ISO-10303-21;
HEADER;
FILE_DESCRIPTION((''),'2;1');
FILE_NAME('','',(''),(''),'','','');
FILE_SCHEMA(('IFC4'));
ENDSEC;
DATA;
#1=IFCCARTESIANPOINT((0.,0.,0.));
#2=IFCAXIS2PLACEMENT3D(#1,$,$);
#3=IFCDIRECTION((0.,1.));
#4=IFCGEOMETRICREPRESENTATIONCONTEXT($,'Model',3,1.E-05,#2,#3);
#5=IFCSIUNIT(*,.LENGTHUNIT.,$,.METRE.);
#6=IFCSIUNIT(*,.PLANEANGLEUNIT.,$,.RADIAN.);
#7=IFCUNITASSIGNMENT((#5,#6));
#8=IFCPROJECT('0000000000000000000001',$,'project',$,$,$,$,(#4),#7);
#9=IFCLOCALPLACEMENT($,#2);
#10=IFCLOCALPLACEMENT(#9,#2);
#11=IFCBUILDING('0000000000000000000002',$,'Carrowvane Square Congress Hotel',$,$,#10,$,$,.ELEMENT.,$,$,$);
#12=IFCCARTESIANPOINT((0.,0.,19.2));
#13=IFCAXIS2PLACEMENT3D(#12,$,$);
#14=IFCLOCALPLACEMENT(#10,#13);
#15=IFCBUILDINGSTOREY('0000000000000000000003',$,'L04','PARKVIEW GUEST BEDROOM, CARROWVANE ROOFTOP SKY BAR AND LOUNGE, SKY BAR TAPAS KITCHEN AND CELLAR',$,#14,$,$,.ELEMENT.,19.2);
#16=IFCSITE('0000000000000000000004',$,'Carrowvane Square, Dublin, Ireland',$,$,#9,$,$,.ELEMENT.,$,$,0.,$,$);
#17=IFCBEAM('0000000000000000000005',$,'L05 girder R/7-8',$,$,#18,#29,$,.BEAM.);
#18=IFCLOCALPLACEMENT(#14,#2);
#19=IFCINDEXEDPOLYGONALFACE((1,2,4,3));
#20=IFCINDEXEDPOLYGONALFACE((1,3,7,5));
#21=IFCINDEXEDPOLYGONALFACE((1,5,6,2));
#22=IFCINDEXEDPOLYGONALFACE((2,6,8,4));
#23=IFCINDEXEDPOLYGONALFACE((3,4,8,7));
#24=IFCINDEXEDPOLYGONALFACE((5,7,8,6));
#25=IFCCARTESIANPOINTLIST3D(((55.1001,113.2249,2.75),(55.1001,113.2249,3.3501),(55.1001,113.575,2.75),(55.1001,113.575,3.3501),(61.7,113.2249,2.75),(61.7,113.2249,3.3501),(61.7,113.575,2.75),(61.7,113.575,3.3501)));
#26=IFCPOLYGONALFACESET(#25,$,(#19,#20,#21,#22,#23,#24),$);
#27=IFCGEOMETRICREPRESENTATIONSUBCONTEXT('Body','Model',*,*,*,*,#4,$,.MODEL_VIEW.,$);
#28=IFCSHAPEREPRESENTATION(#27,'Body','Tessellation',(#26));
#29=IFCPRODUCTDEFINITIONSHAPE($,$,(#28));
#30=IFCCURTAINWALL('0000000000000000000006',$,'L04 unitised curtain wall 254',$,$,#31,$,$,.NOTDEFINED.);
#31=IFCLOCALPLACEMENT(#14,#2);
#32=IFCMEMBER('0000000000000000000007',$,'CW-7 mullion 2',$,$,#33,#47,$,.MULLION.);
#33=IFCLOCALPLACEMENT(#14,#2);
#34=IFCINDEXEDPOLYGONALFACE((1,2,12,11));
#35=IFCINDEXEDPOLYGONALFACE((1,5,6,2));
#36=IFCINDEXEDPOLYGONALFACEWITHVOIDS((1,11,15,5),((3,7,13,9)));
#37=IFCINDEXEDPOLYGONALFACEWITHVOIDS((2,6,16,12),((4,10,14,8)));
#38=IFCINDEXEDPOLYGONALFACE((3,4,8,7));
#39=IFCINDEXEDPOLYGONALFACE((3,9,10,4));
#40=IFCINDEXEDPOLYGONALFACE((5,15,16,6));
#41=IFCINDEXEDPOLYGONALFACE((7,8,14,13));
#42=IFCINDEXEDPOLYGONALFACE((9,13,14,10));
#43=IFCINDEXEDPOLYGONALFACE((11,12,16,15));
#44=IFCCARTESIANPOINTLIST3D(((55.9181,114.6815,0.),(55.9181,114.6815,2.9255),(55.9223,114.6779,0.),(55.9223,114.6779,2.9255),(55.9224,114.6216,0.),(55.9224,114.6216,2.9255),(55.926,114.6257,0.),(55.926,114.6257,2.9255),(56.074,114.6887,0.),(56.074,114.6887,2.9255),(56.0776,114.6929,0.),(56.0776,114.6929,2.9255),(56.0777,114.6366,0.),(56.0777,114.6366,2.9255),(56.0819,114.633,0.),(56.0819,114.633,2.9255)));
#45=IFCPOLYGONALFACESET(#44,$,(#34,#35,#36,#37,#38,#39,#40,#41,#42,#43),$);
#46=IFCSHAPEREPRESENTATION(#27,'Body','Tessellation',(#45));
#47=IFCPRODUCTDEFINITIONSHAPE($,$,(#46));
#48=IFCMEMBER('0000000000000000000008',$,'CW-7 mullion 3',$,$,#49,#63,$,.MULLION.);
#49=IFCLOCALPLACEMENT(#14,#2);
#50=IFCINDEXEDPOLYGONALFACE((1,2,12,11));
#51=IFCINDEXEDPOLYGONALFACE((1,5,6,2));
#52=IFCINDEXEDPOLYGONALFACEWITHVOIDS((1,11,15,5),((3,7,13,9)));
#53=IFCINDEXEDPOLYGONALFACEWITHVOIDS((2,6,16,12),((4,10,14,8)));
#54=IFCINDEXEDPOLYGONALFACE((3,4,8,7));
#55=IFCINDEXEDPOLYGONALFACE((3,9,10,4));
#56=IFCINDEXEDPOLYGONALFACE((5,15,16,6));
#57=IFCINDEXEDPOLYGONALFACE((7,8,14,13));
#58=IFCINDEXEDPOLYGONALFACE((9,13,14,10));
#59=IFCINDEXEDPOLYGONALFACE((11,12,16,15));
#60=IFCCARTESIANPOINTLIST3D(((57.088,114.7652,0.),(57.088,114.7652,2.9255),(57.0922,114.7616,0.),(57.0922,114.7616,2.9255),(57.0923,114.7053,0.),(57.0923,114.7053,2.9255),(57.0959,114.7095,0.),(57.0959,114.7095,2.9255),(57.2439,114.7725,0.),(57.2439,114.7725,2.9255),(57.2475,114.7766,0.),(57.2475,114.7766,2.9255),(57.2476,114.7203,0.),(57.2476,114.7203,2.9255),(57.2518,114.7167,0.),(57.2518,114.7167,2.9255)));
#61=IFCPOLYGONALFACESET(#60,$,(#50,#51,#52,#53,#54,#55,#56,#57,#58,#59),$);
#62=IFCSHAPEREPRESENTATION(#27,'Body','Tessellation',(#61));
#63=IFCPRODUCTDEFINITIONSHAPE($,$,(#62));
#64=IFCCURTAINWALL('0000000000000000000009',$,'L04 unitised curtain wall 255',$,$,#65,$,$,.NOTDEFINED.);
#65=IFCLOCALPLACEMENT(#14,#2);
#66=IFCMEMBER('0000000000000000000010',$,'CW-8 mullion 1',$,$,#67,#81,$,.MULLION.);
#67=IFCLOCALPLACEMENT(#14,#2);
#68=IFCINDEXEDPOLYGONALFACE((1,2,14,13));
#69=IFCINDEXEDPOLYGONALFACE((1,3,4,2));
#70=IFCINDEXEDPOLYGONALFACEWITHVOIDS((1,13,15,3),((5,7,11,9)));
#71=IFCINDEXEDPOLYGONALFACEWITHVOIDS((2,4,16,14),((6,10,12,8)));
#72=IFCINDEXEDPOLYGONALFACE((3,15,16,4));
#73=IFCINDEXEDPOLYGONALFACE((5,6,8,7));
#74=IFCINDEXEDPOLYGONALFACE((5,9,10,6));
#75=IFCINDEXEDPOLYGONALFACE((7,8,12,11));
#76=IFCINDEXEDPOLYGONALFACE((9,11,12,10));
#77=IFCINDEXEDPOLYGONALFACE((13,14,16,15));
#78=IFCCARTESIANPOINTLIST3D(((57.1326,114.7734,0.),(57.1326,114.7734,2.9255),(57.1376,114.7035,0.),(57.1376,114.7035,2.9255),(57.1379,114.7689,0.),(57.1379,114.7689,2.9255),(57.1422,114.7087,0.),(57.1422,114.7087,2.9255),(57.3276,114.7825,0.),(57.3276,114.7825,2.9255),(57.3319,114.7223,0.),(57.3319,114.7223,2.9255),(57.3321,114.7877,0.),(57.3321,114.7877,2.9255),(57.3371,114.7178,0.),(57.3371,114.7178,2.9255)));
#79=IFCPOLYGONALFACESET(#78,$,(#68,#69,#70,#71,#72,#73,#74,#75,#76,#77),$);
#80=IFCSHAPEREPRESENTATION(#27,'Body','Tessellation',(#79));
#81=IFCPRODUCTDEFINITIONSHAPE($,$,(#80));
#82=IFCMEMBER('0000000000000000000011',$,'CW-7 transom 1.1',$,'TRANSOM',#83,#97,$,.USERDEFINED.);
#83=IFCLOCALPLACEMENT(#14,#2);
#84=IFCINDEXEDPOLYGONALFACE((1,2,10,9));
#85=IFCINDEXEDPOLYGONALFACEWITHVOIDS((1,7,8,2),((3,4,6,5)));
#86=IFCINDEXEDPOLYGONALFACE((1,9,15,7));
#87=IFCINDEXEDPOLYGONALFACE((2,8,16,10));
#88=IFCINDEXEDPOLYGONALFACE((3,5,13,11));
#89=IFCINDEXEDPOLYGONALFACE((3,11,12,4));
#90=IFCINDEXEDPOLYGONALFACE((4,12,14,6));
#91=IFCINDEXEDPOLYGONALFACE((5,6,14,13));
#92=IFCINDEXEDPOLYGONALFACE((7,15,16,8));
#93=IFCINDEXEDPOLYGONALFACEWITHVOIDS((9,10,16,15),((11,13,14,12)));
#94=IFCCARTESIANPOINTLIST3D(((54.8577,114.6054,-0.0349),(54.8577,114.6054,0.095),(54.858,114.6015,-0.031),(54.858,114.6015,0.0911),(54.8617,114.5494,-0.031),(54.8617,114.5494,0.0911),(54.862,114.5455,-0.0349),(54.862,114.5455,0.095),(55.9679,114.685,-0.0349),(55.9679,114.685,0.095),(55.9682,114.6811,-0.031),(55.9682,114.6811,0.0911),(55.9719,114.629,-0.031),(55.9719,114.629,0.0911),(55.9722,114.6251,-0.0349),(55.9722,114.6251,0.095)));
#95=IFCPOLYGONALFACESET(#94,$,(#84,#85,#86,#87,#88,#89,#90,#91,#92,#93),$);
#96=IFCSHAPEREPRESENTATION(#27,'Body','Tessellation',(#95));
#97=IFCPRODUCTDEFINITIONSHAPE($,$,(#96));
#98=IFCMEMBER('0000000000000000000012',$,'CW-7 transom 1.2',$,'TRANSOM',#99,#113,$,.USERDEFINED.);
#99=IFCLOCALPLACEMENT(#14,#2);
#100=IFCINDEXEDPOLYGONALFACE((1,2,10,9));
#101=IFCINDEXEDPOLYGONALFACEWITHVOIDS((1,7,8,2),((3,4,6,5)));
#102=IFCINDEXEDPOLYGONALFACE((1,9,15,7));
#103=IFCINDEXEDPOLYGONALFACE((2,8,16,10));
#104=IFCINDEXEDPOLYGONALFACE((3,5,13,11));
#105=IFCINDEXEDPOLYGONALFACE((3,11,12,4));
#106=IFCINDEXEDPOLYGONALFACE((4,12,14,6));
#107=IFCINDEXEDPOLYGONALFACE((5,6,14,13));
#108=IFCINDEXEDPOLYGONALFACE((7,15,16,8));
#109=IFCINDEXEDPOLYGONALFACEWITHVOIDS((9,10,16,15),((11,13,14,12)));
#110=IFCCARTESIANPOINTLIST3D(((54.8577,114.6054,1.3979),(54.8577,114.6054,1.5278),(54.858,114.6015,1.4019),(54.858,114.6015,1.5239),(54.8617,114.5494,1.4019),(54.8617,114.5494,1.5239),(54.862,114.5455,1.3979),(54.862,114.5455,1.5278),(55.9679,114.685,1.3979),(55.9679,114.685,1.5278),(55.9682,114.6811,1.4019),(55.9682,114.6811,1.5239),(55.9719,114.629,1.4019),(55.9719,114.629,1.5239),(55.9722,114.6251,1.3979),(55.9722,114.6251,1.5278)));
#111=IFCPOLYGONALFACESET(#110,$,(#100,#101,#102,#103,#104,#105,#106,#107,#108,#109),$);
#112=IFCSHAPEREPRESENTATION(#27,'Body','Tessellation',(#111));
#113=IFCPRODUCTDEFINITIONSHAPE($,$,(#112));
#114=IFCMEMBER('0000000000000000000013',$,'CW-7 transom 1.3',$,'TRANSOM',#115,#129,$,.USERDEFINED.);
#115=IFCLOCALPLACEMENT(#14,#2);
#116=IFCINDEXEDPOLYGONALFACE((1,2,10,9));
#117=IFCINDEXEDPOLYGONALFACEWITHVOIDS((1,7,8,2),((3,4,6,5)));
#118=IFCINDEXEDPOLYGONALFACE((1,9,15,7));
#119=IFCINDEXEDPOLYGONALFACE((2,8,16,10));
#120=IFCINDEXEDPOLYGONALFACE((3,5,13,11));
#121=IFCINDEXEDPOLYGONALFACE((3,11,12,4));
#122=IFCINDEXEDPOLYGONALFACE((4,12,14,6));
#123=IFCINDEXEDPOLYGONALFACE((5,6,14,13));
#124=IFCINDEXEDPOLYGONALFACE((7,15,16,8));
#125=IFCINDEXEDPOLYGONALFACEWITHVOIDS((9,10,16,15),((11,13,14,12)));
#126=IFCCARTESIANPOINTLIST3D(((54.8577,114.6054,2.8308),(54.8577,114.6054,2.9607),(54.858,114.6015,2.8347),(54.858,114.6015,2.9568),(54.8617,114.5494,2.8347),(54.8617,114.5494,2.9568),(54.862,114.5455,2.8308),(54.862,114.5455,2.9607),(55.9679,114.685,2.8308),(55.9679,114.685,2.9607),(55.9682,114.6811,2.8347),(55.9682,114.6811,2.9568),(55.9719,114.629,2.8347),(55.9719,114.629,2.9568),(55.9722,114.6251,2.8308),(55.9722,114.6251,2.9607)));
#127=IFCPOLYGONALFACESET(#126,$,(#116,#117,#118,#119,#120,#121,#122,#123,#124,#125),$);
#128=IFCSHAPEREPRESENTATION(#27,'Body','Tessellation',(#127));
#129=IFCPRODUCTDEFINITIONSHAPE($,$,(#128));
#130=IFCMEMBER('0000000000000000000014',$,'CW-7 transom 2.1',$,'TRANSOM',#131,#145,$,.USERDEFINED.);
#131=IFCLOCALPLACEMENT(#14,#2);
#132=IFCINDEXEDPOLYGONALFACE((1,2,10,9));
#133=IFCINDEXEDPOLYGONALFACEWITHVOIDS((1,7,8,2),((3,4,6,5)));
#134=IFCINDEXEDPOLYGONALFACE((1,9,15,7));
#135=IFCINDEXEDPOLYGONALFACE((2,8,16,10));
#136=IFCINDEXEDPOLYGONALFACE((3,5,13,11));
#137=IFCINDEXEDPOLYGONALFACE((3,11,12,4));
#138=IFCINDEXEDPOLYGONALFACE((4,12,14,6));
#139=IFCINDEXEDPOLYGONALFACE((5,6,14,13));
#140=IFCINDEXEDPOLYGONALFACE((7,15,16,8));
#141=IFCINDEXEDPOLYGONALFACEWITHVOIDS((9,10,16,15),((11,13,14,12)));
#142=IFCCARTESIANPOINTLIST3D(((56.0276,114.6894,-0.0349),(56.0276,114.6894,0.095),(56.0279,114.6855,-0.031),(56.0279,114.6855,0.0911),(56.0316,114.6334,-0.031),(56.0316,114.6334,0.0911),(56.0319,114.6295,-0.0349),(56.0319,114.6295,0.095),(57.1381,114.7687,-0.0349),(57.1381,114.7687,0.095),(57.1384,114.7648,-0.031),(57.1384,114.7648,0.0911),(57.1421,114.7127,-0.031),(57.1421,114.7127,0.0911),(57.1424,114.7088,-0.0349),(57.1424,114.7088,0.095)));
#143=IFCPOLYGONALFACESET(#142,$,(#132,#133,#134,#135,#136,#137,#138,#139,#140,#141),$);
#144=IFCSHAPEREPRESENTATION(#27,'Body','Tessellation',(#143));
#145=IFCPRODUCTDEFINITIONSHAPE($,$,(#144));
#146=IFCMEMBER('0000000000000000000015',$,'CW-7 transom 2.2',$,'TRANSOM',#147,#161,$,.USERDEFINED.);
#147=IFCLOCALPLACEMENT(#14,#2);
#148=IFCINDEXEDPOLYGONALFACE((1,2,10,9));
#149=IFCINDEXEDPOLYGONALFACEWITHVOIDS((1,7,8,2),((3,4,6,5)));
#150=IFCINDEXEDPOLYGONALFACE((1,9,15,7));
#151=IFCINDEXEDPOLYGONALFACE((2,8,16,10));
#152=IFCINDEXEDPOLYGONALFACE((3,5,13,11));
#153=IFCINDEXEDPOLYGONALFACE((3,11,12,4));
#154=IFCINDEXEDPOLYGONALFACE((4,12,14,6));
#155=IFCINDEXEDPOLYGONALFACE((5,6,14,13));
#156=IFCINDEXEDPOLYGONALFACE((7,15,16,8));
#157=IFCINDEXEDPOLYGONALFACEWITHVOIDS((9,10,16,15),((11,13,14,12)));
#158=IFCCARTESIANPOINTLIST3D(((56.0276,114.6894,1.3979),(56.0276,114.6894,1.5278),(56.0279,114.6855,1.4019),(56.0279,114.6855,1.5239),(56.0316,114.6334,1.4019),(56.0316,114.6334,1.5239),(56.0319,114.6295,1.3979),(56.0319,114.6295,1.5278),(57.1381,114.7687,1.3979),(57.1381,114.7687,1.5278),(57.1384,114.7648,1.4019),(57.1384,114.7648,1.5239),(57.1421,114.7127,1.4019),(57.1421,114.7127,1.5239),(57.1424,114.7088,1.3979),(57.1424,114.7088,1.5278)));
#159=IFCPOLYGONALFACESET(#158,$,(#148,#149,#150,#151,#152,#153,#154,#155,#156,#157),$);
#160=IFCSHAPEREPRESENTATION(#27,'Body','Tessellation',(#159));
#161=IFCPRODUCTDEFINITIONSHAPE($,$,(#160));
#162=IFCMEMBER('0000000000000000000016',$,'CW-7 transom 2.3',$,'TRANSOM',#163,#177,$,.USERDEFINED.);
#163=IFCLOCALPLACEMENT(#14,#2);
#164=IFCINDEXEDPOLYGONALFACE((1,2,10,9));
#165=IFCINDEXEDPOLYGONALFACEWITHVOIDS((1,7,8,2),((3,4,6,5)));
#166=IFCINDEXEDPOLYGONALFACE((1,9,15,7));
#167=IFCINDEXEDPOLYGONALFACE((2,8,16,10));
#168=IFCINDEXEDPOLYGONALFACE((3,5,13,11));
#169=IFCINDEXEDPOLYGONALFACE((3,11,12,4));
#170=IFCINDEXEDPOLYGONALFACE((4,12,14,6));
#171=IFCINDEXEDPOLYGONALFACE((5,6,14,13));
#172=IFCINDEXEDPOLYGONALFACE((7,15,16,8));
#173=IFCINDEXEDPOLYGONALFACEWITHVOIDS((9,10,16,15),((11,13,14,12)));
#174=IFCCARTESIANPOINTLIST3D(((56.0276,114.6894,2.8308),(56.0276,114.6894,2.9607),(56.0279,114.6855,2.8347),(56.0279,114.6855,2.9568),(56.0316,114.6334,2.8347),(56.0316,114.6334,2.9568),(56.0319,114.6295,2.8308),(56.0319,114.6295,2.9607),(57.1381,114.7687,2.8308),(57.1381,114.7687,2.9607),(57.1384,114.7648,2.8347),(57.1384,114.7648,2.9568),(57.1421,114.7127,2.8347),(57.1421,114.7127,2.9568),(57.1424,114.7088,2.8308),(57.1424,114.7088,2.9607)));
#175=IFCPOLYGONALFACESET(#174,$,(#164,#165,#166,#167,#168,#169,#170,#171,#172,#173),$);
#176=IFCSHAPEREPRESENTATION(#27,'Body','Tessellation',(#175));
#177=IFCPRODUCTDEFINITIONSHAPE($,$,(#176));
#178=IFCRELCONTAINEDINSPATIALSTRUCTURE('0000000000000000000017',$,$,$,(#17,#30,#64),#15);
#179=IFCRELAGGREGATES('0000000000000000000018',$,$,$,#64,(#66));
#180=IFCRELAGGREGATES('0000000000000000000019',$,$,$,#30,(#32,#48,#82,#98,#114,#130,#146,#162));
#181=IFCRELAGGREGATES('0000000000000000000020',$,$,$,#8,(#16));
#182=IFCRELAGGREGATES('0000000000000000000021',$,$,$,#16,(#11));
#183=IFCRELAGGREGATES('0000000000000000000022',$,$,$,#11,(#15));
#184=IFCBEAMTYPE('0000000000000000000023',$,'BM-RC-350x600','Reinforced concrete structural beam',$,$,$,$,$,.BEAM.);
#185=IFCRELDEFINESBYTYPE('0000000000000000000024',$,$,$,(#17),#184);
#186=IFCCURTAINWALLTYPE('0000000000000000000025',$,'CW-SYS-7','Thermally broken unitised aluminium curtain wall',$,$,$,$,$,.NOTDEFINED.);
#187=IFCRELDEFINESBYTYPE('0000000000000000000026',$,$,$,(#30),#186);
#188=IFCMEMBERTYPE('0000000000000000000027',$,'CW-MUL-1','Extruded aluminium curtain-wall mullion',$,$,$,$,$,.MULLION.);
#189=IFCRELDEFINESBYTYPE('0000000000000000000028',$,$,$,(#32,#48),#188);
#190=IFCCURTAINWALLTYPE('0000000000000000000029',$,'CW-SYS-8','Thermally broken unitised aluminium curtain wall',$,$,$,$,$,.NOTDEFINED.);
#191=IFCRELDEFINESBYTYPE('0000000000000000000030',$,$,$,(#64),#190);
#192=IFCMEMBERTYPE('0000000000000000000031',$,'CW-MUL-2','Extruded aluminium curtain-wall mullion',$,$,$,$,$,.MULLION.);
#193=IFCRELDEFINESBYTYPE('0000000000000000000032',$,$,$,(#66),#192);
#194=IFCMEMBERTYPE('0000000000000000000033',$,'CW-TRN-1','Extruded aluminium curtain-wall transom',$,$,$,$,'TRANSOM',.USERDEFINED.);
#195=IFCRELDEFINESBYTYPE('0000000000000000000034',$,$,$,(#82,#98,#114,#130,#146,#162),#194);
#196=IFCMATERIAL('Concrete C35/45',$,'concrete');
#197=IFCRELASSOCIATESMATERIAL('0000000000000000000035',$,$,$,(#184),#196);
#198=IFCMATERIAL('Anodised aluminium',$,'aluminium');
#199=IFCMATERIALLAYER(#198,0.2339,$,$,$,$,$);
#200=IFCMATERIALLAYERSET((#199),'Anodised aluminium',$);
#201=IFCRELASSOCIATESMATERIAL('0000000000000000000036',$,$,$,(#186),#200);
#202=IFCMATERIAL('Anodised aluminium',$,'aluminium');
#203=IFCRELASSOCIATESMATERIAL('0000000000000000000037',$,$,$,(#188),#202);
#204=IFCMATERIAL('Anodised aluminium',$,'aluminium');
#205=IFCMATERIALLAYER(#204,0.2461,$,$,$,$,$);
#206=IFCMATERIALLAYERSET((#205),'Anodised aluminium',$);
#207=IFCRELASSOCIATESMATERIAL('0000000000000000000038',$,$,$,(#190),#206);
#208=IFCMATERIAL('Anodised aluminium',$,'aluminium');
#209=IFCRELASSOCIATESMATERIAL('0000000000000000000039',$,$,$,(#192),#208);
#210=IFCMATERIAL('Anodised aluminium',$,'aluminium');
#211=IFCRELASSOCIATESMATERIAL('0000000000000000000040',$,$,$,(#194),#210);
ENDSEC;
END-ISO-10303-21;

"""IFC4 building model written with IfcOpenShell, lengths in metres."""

from ifc_helpers import new_model, si_unit, direction, frame, origin, origin_2d, place, context, subcontext, project, spatial, rectangle, hollow_rectangle, extrude, material, layer, layer_set, material_profile, profile_set, type_object, element, aggregate, save


model = new_model("IFC4")

# Units and contexts
model_context = context("Model", 3, precision=1e-05, world=origin(), true_north=direction((0.0, 1.0)))
body_context = subcontext(model_context, "Body", "Model", "MODEL_VIEW")
ifc_project = project(units=[si_unit("LENGTHUNIT", "METRE"), si_unit("PLANEANGLEUNIT", "RADIAN")], contexts=[model_context])

# Site, building, storey
site_placement = place(None, origin())
site = spatial("IfcSite", under=ifc_project, at=site_placement, Name="Carrowvane Square, Dublin, Ireland", CompositionType="ELEMENT", RefElevation=0.0)
building_placement = place(site_placement, origin())
building = spatial("IfcBuilding", under=site, at=building_placement, Name="Carrowvane Square Congress Hotel", CompositionType="ELEMENT")
storey_placement = place(building_placement, frame((0.0, 0.0, 19.2)))
storey = spatial("IfcBuildingStorey", under=building, at=storey_placement, Name="L04", Description="PARKVIEW GUEST BEDROOM, CARROWVANE ROOFTOP SKY BAR AND LOUNGE, SKY BAR TAPAS KITCHEN AND CELLAR", CompositionType="ELEMENT", Elevation=19.2)

# Beam
ifc_material_1 = material(Name="Concrete C35/45", Category="concrete")
ifc_material_profile_1 = material_profile(ifc_material_1, rectangle(XDim=0.3501, YDim=0.6001, at=origin_2d()), Name="RC 350x600")
ifc_profile_set_1 = profile_set([ifc_material_profile_1], Name="Concrete C35/45")
beam_type = type_object("IfcBeamType", Name="BM-RC-350x600", Description="Reinforced concrete structural beam", PredefinedType="BEAM", material=ifc_profile_set_1)
beam_placement = place(storey_placement, frame((55.1001, 113.3999, 3.05), z_axis=(1.0, 0.0, 0.0), x_axis=(0.0, 1.0, 0.0)))
element("IfcBeam", 1, at=beam_placement, inside=storey, type_object=beam_type, Name="L05 girder R/7-8", PredefinedType="BEAM", context=body_context, shape_type="SweptSolid", body=[
    extrude(rectangle(XDim=0.3501, YDim=0.6001, at=origin_2d()), origin(), (0.0, 0.0, 1.0), 6.5999),
])

# Curtain wall, members
ifc_material_2 = material(Name="Anodised aluminium", Category="aluminium")
ifc_layer_1 = layer(ifc_material_2, 0.2339)
ifc_layer_set_1 = layer_set([ifc_layer_1], Name="Anodised aluminium")
curtain_wall_type_1 = type_object("IfcCurtainWallType", Name="CW-SYS-7", Description="Thermally broken unitised aluminium curtain wall", PredefinedType="NOTDEFINED", material=ifc_layer_set_1)
curtain_wall_1_placement = place(storey_placement, origin())
curtain_wall_1 = element("IfcCurtainWall", 2, at=curtain_wall_1_placement, inside=storey, type_object=curtain_wall_type_1, Name="L04 unitised curtain wall 254", PredefinedType="NOTDEFINED")
ifc_material_3 = material(Name="Anodised aluminium", Category="aluminium")
ifc_material_profile_2 = material_profile(ifc_material_3, hollow_rectangle(XDim=0.0601, YDim=0.1599, WallThickness=0.0039, at=origin_2d()), Name="CW-ML 60x160x4")
ifc_profile_set_2 = profile_set([ifc_material_profile_2], Name="Anodised aluminium")
member_type_1 = type_object("IfcMemberType", Name="CW-MUL-1", Description="Extruded aluminium curtain-wall mullion", PredefinedType="MULLION", material=ifc_profile_set_2)
member_1_placement = place(storey_placement, frame((56.0, 114.6572, 0.0), z_axis=(0.0, 0.0, 1.0), x_axis=(-0.071418, 0.997446, 0.0)))
member_1 = element("IfcMember", 3, at=member_1_placement, type_object=member_type_1, Name="CW-7 mullion 2", PredefinedType="MULLION", context=body_context, shape_type="SweptSolid", body=[
    extrude(hollow_rectangle(XDim=0.0601, YDim=0.1599, WallThickness=0.0039, at=origin_2d()), origin(), (0.0, 0.0, 1.0), 2.9255),
])
member_2_placement = place(storey_placement, frame((57.1699, 114.741, 0.0), z_axis=(0.0, 0.0, 1.0), x_axis=(-0.071418, 0.997446, 0.0)))
member_2 = element("IfcMember", 4, at=member_2_placement, type_object=member_type_1, Name="CW-7 mullion 3", PredefinedType="MULLION", context=body_context, shape_type="SweptSolid", body=[
    extrude(hollow_rectangle(XDim=0.0601, YDim=0.1599, WallThickness=0.0039, at=origin_2d()), origin(), (0.0, 0.0, 1.0), 2.9255),
])

# Curtain wall, member
ifc_material_4 = material(Name="Anodised aluminium", Category="aluminium")
ifc_layer_2 = layer(ifc_material_4, 0.2461)
ifc_layer_set_2 = layer_set([ifc_layer_2], Name="Anodised aluminium")
curtain_wall_type_2 = type_object("IfcCurtainWallType", Name="CW-SYS-8", Description="Thermally broken unitised aluminium curtain wall", PredefinedType="NOTDEFINED", material=ifc_layer_set_2)
curtain_wall_2_placement = place(storey_placement, origin())
curtain_wall_2 = element("IfcCurtainWall", 5, at=curtain_wall_2_placement, inside=storey, type_object=curtain_wall_type_2, Name="L04 unitised curtain wall 255", PredefinedType="NOTDEFINED")
ifc_material_5 = material(Name="Anodised aluminium", Category="aluminium")
ifc_material_profile_3 = material_profile(ifc_material_5, hollow_rectangle(XDim=0.0701, YDim=0.2, WallThickness=0.0049, at=origin_2d()), Name="CW-ML 70x200x5")
ifc_profile_set_3 = profile_set([ifc_material_profile_3], Name="Anodised aluminium")
member_type_2 = type_object("IfcMemberType", Name="CW-MUL-2", Description="Extruded aluminium curtain-wall mullion", PredefinedType="MULLION", material=ifc_profile_set_3)
member_3_placement = place(storey_placement, frame((57.2349, 114.7456, 0.0), z_axis=(0.0, 0.0, 1.0), x_axis=(-0.071532, 0.997438, 0.0)))
member_3 = element("IfcMember", 6, at=member_3_placement, type_object=member_type_2, Name="CW-8 mullion 1", PredefinedType="MULLION", context=body_context, shape_type="SweptSolid", body=[
    extrude(hollow_rectangle(XDim=0.0701, YDim=0.2, WallThickness=0.0049, at=origin_2d()), origin(), (0.0, 0.0, 1.0), 2.9255),
])

# Members
ifc_material_6 = material(Name="Anodised aluminium", Category="aluminium")
ifc_material_profile_4 = material_profile(ifc_material_6, hollow_rectangle(XDim=0.0601, YDim=0.1299, WallThickness=0.0039, at=origin_2d()), Name="CW-TR 60x130x4")
ifc_profile_set_4 = profile_set([ifc_material_profile_4], Name="Anodised aluminium")
member_type_3 = type_object("IfcMemberType", Name="CW-TRN-1", Description="Extruded aluminium curtain-wall transom", ElementType="TRANSOM", PredefinedType="USERDEFINED", material=ifc_profile_set_4)
member_4_placement = place(storey_placement, frame((54.8599, 114.5754, 0.03), z_axis=(0.99744, 0.071512, 0.0), x_axis=(-0.071512, 0.99744, 0.0)))
member_4 = element("IfcMember", 7, at=member_4_placement, type_object=member_type_3, Name="CW-7 transom 1.1", ObjectType="TRANSOM", PredefinedType="USERDEFINED", context=body_context, shape_type="SweptSolid", body=[
    extrude(hollow_rectangle(XDim=0.0601, YDim=0.1299, WallThickness=0.0039, at=origin_2d()), origin(), (0.0, 0.0, 1.0), 1.113),
])
member_5_placement = place(storey_placement, frame((54.8599, 114.5754, 1.4629), z_axis=(0.99744, 0.071512, 0.0), x_axis=(-0.071512, 0.99744, 0.0)))
member_5 = element("IfcMember", 8, at=member_5_placement, type_object=member_type_3, Name="CW-7 transom 1.2", ObjectType="TRANSOM", PredefinedType="USERDEFINED", context=body_context, shape_type="SweptSolid", body=[
    extrude(hollow_rectangle(XDim=0.0601, YDim=0.1299, WallThickness=0.0039, at=origin_2d()), origin(), (0.0, 0.0, 1.0), 1.113),
])
member_6_placement = place(storey_placement, frame((54.8599, 114.5754, 2.8958), z_axis=(0.99744, 0.071512, 0.0), x_axis=(-0.071512, 0.99744, 0.0)))
member_6 = element("IfcMember", 9, at=member_6_placement, type_object=member_type_3, Name="CW-7 transom 1.3", ObjectType="TRANSOM", PredefinedType="USERDEFINED", context=body_context, shape_type="SweptSolid", body=[
    extrude(hollow_rectangle(XDim=0.0601, YDim=0.1299, WallThickness=0.0039, at=origin_2d()), origin(), (0.0, 0.0, 1.0), 1.113),
])
member_7_placement = place(storey_placement, frame((56.0298, 114.6594, 0.03), z_axis=(0.997456, 0.071278, 0.0), x_axis=(-0.071278, 0.997456, 0.0)))
member_7 = element("IfcMember", 10, at=member_7_placement, type_object=member_type_3, Name="CW-7 transom 2.1", ObjectType="TRANSOM", PredefinedType="USERDEFINED", context=body_context, shape_type="SweptSolid", body=[
    extrude(hollow_rectangle(XDim=0.0601, YDim=0.1299, WallThickness=0.0039, at=origin_2d()), origin(), (0.0, 0.0, 1.0), 1.1133),
])
member_8_placement = place(storey_placement, frame((56.0298, 114.6594, 1.4629), z_axis=(0.997456, 0.071278, 0.0), x_axis=(-0.071278, 0.997456, 0.0)))
member_8 = element("IfcMember", 11, at=member_8_placement, type_object=member_type_3, Name="CW-7 transom 2.2", ObjectType="TRANSOM", PredefinedType="USERDEFINED", context=body_context, shape_type="SweptSolid", body=[
    extrude(hollow_rectangle(XDim=0.0601, YDim=0.1299, WallThickness=0.0039, at=origin_2d()), origin(), (0.0, 0.0, 1.0), 1.1133),
])
member_9_placement = place(storey_placement, frame((56.0298, 114.6594, 2.8958), z_axis=(0.997456, 0.071278, 0.0), x_axis=(-0.071278, 0.997456, 0.0)))
member_9 = element("IfcMember", 12, at=member_9_placement, type_object=member_type_3, Name="CW-7 transom 2.3", ObjectType="TRANSOM", PredefinedType="USERDEFINED", context=body_context, shape_type="SweptSolid", body=[
    extrude(hollow_rectangle(XDim=0.0601, YDim=0.1299, WallThickness=0.0039, at=origin_2d()), origin(), (0.0, 0.0, 1.0), 1.1133),
])

aggregate(curtain_wall_2, [member_3])
aggregate(curtain_wall_1, [member_1, member_2, member_4, member_5, member_6, member_7, member_8, member_9])

save(model, "model.ifc")
